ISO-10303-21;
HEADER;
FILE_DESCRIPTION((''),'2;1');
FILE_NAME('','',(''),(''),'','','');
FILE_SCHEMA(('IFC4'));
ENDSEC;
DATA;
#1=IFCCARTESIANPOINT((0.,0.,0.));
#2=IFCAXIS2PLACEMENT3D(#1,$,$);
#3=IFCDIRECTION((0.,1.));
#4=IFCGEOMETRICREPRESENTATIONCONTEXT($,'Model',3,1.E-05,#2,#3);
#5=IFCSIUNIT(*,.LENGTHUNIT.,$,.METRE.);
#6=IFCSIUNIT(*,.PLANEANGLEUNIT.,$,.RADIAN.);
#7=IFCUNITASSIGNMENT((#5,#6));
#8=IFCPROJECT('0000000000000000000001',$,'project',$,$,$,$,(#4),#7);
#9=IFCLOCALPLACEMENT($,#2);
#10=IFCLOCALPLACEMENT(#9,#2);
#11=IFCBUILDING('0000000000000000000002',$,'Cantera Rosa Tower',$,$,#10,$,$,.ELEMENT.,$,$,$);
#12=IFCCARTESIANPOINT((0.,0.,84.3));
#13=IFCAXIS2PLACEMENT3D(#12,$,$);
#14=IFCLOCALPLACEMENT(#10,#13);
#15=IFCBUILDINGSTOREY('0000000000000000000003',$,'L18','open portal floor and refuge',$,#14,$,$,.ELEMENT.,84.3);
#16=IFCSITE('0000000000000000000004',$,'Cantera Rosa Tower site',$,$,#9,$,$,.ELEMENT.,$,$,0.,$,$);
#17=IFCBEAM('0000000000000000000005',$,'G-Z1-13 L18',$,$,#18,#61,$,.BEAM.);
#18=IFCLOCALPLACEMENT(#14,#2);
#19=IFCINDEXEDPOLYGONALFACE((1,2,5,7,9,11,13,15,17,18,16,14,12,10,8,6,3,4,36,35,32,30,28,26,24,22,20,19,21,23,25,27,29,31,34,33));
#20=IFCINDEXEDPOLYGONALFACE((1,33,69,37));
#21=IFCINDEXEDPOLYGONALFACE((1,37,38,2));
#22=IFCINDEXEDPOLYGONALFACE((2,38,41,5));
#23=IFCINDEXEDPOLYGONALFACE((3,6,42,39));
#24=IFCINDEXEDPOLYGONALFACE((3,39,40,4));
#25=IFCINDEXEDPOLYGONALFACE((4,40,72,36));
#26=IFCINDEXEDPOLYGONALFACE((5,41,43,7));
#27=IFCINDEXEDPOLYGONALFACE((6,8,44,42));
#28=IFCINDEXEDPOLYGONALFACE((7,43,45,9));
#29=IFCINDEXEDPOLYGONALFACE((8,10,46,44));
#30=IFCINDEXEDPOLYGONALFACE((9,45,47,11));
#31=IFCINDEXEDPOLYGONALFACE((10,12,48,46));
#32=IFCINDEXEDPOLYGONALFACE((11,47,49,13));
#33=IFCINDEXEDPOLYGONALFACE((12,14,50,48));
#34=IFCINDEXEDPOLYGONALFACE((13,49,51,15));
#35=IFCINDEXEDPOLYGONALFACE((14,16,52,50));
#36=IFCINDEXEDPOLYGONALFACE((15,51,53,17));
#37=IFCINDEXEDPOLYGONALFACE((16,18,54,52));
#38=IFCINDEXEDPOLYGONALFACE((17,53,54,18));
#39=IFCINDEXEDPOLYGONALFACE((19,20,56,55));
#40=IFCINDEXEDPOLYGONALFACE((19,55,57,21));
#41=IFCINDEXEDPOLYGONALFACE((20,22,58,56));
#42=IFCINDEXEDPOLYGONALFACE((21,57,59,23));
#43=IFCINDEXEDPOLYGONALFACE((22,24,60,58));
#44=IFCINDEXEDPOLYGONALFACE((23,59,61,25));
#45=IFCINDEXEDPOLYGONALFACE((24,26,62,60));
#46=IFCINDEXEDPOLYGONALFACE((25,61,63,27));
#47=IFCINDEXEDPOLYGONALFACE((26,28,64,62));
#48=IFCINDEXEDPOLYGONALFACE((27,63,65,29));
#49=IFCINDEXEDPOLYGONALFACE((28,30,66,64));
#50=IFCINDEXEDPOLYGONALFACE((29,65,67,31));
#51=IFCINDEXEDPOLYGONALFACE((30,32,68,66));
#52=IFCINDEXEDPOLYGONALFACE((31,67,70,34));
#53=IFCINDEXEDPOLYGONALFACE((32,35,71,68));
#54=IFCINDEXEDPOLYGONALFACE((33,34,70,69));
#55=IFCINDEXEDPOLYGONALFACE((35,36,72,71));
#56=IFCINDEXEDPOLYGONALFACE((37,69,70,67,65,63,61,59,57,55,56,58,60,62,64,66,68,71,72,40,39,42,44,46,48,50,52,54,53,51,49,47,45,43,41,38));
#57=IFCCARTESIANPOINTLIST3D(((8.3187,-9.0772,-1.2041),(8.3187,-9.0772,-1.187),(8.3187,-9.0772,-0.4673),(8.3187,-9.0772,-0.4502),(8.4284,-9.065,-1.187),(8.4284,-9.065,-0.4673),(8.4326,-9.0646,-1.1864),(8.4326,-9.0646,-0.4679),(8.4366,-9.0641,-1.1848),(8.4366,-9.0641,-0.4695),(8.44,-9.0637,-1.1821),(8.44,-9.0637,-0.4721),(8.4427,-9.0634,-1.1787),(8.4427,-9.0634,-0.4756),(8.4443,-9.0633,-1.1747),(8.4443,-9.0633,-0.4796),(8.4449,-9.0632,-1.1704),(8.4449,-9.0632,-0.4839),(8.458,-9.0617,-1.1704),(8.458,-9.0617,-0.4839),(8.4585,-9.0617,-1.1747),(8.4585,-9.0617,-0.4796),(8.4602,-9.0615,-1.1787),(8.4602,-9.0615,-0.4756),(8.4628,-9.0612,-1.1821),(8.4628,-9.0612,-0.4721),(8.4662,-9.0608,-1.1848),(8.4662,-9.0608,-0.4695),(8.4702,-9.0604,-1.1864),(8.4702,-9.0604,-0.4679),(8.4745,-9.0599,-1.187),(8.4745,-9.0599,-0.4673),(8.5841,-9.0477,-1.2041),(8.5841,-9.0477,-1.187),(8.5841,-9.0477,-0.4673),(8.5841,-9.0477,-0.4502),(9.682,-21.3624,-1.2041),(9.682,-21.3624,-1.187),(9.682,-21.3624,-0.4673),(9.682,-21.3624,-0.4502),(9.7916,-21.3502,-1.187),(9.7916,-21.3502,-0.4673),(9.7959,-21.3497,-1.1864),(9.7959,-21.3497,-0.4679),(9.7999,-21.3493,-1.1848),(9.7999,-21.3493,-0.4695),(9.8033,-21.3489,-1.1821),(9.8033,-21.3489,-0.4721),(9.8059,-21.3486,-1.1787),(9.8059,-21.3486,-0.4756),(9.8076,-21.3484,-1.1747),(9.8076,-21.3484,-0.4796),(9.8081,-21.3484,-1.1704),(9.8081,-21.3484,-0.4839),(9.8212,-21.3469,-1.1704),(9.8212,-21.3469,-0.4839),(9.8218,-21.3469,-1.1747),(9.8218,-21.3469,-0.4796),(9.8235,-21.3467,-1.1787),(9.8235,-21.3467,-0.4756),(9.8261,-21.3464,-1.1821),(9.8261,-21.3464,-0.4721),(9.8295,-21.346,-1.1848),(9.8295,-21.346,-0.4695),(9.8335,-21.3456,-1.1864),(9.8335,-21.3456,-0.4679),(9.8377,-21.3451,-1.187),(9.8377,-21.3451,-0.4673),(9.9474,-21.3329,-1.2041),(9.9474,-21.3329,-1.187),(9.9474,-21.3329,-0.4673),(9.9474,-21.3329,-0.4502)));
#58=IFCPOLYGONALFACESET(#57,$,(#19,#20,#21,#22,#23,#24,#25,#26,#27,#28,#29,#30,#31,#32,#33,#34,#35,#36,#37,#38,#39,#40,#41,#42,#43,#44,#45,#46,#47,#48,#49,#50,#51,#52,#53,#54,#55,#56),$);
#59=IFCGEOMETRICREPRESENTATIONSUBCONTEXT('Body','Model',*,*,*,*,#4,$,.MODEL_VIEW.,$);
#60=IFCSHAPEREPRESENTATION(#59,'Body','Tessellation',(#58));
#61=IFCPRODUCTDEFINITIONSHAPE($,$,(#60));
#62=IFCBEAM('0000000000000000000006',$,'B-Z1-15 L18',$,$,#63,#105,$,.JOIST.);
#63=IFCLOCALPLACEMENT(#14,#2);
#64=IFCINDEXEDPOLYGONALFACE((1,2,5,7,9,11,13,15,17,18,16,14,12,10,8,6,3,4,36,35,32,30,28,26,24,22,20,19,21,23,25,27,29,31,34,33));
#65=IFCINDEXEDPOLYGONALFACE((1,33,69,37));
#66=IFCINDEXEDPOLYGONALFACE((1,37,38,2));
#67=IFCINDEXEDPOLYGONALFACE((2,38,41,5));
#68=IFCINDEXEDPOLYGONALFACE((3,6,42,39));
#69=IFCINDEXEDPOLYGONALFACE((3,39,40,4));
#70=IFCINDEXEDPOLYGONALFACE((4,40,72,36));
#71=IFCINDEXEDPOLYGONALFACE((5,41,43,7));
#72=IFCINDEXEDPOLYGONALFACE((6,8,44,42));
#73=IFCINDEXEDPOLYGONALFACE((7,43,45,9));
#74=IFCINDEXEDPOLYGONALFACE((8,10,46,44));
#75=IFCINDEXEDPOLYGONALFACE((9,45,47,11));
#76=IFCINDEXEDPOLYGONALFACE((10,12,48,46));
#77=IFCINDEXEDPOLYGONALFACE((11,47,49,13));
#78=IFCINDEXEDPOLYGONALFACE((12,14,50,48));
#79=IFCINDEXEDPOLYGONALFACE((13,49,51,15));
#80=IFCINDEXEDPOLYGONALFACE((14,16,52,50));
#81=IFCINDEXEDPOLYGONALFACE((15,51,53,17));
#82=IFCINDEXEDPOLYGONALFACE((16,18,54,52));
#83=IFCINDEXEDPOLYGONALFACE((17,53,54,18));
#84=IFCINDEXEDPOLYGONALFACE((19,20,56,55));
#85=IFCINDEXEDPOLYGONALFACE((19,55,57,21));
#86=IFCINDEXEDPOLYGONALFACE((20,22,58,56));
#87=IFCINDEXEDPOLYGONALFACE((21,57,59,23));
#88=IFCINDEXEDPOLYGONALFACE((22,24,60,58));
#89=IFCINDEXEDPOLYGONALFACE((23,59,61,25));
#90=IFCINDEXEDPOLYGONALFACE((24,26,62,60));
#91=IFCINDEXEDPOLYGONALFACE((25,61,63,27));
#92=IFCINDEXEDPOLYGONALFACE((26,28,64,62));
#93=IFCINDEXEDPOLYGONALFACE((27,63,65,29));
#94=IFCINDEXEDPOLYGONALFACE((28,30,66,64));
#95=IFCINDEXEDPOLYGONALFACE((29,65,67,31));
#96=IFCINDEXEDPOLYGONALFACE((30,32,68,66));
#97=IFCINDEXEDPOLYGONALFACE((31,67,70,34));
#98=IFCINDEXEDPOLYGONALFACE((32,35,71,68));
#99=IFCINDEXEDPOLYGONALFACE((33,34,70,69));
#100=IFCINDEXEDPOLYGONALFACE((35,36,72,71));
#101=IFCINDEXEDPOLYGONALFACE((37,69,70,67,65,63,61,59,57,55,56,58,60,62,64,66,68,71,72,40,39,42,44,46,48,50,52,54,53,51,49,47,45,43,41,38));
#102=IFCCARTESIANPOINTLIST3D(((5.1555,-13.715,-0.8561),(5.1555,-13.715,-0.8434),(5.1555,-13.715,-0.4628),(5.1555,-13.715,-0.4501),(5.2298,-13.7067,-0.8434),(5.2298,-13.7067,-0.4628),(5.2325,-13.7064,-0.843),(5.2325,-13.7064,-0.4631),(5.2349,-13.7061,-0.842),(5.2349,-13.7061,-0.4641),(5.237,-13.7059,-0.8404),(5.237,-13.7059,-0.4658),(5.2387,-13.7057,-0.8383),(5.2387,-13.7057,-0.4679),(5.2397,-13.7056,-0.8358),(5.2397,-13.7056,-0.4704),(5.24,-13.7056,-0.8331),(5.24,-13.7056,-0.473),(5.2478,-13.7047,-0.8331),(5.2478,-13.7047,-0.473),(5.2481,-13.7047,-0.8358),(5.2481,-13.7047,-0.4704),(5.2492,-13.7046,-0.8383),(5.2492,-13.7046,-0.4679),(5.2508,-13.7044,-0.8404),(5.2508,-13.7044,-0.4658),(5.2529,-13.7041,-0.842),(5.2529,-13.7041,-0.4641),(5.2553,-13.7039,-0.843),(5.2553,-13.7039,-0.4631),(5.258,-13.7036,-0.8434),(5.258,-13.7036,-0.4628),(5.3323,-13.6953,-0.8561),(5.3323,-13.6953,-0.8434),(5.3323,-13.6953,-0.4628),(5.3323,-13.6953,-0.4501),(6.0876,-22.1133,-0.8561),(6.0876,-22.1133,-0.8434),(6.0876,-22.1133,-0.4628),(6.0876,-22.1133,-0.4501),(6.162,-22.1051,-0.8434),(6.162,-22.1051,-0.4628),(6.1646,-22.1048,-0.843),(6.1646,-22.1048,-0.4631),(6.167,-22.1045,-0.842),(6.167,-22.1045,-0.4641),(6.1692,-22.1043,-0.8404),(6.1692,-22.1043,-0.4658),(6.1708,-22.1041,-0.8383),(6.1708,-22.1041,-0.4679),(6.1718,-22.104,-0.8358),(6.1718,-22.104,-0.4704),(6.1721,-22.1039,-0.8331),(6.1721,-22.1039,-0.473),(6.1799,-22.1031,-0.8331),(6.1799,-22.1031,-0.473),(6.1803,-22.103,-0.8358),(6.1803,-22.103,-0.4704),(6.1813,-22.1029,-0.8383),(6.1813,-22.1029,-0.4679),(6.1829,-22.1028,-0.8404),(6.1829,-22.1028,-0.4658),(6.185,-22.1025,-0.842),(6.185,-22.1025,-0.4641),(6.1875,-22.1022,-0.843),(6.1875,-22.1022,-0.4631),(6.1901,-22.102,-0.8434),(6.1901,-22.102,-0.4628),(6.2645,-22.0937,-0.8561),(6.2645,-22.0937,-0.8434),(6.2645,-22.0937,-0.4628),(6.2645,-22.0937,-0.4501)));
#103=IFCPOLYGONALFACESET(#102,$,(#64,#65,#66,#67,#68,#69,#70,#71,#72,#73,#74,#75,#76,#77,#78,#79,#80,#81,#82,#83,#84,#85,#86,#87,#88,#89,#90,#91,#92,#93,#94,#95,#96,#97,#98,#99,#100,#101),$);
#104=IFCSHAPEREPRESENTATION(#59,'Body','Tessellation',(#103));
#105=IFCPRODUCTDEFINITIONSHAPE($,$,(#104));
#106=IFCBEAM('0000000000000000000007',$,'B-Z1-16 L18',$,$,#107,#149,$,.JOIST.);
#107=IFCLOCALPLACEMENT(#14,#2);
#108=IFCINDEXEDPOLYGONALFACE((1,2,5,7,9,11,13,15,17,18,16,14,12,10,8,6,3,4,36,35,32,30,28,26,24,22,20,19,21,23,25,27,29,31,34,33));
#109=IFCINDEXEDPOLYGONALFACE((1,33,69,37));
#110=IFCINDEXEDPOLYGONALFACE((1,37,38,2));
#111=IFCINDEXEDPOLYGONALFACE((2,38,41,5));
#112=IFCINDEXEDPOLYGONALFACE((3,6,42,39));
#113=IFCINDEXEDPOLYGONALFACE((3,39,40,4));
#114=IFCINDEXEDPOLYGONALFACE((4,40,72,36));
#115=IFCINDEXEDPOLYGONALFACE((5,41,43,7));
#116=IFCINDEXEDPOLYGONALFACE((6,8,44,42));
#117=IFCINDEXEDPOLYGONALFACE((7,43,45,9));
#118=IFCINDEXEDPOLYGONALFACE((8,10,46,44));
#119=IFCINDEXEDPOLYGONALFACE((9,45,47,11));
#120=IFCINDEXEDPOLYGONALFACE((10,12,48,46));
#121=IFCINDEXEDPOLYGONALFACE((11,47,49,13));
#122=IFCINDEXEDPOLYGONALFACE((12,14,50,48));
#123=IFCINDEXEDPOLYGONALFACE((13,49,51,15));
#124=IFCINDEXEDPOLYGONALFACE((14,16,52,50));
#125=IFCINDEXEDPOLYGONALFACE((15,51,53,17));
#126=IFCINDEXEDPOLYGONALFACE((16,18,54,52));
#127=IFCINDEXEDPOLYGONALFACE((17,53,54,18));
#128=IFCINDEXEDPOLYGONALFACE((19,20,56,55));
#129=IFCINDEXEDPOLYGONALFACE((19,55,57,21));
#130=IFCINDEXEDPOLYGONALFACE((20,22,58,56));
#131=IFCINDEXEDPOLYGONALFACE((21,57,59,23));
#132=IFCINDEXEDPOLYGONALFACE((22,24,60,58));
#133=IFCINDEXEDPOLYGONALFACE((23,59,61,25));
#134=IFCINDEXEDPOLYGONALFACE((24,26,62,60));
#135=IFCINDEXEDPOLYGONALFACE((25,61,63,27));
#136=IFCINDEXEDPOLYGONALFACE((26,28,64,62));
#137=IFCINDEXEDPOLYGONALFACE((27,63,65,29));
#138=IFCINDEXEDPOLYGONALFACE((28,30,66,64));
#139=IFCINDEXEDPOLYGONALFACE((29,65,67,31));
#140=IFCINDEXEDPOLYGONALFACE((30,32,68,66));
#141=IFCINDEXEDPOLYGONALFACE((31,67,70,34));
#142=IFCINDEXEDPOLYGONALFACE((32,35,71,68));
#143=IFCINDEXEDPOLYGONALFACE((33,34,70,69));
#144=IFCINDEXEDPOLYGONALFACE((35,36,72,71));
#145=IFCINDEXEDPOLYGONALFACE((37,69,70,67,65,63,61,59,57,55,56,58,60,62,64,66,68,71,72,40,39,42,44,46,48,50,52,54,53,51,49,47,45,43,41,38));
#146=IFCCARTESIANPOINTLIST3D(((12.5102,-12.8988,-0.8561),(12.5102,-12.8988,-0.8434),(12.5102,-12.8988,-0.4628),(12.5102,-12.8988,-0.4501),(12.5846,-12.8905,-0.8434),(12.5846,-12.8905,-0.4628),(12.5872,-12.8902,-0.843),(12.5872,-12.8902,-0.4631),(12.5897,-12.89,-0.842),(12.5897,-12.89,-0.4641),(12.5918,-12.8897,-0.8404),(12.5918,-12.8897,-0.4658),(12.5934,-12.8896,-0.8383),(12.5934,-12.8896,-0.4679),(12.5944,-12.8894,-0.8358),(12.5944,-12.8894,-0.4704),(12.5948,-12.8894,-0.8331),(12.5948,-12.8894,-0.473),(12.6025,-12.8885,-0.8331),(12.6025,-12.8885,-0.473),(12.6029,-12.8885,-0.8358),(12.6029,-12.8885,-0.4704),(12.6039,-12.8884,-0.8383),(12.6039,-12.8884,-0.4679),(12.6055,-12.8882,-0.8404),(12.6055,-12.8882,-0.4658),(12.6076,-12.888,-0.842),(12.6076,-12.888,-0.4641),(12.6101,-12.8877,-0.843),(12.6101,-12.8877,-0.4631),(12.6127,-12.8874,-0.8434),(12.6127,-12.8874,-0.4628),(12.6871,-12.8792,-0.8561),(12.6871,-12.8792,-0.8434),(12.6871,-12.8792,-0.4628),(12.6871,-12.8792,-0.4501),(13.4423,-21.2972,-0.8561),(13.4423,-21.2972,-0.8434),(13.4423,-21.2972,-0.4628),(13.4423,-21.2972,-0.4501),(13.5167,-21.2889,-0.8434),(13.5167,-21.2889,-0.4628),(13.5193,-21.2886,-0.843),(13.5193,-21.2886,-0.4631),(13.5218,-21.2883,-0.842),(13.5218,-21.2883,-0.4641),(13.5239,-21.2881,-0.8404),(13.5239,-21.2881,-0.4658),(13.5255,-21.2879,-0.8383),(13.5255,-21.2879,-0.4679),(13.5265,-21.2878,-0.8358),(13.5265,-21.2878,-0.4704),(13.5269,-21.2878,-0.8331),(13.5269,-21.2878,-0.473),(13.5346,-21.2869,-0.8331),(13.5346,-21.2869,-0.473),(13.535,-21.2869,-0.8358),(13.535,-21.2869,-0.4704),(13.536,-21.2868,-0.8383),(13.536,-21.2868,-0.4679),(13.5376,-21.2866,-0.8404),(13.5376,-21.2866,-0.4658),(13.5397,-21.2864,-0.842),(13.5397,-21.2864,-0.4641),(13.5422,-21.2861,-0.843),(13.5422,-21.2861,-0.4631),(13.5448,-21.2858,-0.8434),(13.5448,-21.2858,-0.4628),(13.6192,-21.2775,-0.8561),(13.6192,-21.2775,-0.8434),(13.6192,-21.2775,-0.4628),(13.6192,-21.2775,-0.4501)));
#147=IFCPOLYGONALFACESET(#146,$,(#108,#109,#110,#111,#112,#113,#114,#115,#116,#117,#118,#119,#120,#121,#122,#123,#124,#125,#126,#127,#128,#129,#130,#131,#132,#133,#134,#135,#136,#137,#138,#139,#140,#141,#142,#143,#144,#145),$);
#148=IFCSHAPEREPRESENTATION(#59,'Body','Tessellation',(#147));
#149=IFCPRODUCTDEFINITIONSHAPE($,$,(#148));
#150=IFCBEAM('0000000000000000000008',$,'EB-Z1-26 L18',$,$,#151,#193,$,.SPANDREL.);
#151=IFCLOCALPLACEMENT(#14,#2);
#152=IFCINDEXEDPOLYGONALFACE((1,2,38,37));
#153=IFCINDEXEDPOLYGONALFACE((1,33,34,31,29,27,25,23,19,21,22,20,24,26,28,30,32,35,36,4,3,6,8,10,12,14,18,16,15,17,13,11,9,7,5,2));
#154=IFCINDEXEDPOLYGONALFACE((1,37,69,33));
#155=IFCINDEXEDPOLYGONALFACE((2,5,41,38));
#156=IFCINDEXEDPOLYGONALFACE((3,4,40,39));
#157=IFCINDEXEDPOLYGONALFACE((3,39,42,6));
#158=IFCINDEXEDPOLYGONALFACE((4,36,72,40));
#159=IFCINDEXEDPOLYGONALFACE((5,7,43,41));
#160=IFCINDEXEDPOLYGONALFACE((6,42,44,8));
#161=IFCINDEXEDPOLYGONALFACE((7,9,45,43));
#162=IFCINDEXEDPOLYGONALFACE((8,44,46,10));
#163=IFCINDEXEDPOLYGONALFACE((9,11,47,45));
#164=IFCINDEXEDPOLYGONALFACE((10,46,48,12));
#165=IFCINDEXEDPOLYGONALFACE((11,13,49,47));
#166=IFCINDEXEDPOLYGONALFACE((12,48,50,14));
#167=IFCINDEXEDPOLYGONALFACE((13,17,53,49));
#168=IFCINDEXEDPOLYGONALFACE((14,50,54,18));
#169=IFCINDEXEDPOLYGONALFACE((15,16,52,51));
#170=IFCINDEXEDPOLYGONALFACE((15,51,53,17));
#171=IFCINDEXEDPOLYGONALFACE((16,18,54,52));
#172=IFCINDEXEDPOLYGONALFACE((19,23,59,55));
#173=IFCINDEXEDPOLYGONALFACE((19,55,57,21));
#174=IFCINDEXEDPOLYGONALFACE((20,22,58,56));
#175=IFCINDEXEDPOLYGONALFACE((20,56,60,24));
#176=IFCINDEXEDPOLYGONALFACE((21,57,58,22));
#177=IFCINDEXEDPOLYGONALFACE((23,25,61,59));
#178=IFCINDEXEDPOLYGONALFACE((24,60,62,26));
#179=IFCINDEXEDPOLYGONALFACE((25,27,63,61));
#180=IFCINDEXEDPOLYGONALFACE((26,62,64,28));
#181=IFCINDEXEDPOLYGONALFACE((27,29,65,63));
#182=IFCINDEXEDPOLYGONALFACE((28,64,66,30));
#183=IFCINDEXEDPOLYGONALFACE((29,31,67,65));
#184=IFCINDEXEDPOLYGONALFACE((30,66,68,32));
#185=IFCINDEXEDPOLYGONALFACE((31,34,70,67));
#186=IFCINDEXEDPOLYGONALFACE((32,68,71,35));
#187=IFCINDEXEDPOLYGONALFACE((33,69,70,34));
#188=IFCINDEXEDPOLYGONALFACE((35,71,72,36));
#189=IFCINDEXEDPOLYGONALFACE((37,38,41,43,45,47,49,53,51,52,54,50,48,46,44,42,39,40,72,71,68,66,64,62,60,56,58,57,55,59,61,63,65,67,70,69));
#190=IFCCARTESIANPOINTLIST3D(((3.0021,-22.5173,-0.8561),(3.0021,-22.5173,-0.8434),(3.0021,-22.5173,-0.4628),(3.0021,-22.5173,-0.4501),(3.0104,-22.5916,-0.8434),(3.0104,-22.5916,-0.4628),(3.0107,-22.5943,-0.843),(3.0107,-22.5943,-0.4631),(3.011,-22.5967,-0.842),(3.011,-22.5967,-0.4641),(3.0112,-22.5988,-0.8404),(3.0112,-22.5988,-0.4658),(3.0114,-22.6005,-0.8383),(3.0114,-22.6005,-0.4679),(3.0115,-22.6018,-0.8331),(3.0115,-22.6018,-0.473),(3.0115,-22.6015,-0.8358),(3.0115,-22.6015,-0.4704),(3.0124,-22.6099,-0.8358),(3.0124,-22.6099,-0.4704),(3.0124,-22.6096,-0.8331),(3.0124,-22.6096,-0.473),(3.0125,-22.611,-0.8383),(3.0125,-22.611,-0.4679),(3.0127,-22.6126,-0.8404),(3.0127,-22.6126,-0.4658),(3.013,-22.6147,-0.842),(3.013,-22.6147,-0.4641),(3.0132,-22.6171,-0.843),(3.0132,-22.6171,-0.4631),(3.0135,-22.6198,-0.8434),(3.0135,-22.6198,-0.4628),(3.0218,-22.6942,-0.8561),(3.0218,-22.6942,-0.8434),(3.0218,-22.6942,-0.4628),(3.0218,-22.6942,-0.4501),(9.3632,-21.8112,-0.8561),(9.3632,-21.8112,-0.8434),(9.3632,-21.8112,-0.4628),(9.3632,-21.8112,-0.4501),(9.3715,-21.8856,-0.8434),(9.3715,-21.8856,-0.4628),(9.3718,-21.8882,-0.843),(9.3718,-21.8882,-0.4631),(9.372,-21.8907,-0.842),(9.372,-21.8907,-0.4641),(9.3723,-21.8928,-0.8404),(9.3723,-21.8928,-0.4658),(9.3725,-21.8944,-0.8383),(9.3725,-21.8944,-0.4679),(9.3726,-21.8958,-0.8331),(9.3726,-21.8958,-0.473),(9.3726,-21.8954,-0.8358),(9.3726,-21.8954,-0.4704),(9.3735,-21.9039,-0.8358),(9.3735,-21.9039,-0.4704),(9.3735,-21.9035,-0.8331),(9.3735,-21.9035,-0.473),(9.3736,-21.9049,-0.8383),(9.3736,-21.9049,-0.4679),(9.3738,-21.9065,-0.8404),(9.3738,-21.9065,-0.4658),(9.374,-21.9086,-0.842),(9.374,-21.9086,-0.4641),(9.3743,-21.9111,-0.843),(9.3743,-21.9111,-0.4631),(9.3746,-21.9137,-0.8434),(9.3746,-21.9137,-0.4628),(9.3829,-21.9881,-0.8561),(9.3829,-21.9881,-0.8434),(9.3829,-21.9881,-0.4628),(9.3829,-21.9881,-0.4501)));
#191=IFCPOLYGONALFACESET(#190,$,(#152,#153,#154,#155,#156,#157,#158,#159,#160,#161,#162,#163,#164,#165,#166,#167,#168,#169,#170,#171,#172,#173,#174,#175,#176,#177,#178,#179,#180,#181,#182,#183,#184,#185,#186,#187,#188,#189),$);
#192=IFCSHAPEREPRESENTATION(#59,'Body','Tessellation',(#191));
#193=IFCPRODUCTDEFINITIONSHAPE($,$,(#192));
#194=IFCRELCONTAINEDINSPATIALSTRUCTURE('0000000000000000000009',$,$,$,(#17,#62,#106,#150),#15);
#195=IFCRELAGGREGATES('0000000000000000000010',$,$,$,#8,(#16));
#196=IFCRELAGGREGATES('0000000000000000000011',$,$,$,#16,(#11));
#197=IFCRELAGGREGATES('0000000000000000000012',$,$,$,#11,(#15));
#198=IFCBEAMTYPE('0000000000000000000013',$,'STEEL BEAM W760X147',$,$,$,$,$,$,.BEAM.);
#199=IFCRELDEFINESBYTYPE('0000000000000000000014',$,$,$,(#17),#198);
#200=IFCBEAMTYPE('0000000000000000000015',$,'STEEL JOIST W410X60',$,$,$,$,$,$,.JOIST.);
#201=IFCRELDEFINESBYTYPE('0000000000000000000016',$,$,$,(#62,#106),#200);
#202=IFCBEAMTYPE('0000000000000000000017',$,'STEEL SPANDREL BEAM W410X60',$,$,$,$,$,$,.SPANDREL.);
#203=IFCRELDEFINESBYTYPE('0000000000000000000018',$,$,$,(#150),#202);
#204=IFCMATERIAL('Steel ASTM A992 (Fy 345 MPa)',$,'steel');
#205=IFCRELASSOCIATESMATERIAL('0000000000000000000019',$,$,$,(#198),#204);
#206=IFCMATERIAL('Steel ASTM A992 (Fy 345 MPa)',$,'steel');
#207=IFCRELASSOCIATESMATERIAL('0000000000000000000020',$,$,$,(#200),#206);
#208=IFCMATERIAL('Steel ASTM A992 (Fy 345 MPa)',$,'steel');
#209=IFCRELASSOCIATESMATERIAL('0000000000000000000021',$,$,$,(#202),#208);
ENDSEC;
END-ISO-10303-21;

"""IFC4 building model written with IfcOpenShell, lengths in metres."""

from ifc_helpers import new_model, si_unit, direction, frame, origin, origin_2d, place, context, subcontext, project, spatial, i_section, extrude, material, material_profile, profile_set, type_object, element, save


model = new_model("IFC4")

# Units and contexts
model_context = context("Model", 3, precision=1e-05, world=origin(), true_north=direction((0.0, 1.0)))
body_context = subcontext(model_context, "Body", "Model", "MODEL_VIEW")
ifc_project = project(units=[si_unit("LENGTHUNIT", "METRE"), si_unit("PLANEANGLEUNIT", "RADIAN")], contexts=[model_context])

# Site, building, storey
site_placement = place(None, origin())
site = spatial("IfcSite", under=ifc_project, at=site_placement, Name="Cantera Rosa Tower site", CompositionType="ELEMENT", RefElevation=0.0)
building_placement = place(site_placement, origin())
building = spatial("IfcBuilding", under=site, at=building_placement, Name="Cantera Rosa Tower", CompositionType="ELEMENT")
storey_placement = place(building_placement, frame((0.0, 0.0, 84.3)))
storey = spatial("IfcBuildingStorey", under=building, at=storey_placement, Name="L18", Description="open portal floor and refuge", CompositionType="ELEMENT", Elevation=84.3)

# Beams
ifc_material_1 = material(Name="Steel ASTM A992 (Fy 345 MPa)", Category="steel")
ifc_material_profile_1 = material_profile(ifc_material_1, i_section(OverallWidth=0.2671, OverallDepth=0.7539, WebThickness=0.0132, FlangeThickness=0.0171, FilletRadius=0.0166, at=origin_2d()), Name="W760X147")
ifc_profile_set_1 = profile_set([ifc_material_profile_1], Name="Steel ASTM A992 (Fy 345 MPa)")
beam_type_1 = type_object("IfcBeamType", Name="STEEL BEAM W760X147", PredefinedType="BEAM", material=ifc_profile_set_1)
beam_1_placement = place(storey_placement, frame((9.8147, -21.3477, -0.8271), z_axis=(-0.110293, 0.993899, 0.0), x_axis=(-0.993899, -0.110293, 0.0)))
element("IfcBeam", 1, at=beam_1_placement, inside=storey, type_object=beam_type_1, Name="G-Z1-13 L18", PredefinedType="BEAM", context=body_context, shape_type="SweptSolid", body=[
    extrude(i_section(OverallWidth=0.2671, OverallDepth=0.7539, WebThickness=0.0132, FlangeThickness=0.0171, FilletRadius=0.0166, at=origin_2d()), origin(), (0.0, 0.0, 1.0), 12.3606),
])
ifc_material_2 = material(Name="Steel ASTM A992 (Fy 345 MPa)", Category="steel")
ifc_material_profile_2 = material_profile(ifc_material_2, i_section(OverallWidth=0.178, OverallDepth=0.406, WebThickness=0.0078, FlangeThickness=0.0127, FilletRadius=0.0103, at=origin_2d()), Name="W410X60")
ifc_profile_set_2 = profile_set([ifc_material_profile_2], Name="Steel ASTM A992 (Fy 345 MPa)")
beam_type_2 = type_object("IfcBeamType", Name="STEEL JOIST W410X60", PredefinedType="JOIST", material=ifc_profile_set_2)
for number, where, z_axis, x_axis, name in (
    (2, (6.176, -22.1035, -0.6531), (-0.110311, 0.993897, 0.0), (-0.993897, -0.110311, 0.0), "B-Z1-15 L18"),
    (3, (13.5308, -21.2874, -0.6531), (-0.110311, 0.993897, 0.0), (-0.993897, -0.110311, 0.0), "B-Z1-16 L18"),
):
    element("IfcBeam", number, at=place(storey_placement, frame(where, z_axis=z_axis, x_axis=x_axis)), inside=storey, type_object=beam_type_2, Name=name, PredefinedType="JOIST", context=body_context, shape_type="SweptSolid", body=[
        extrude(i_section(OverallWidth=0.178, OverallDepth=0.406, WebThickness=0.0078, FlangeThickness=0.0127, FilletRadius=0.0103, at=origin_2d()), origin(), (0.0, 0.0, 1.0), 8.45),
    ])
ifc_material_3 = material(Name="Steel ASTM A992 (Fy 345 MPa)", Category="steel")
ifc_material_profile_3 = material_profile(ifc_material_3, i_section(OverallWidth=0.178, OverallDepth=0.406, WebThickness=0.0078, FlangeThickness=0.0127, FilletRadius=0.0103, at=origin_2d()), Name="W410X60")
ifc_profile_set_3 = profile_set([ifc_material_profile_3], Name="Steel ASTM A992 (Fy 345 MPa)")
beam_type_3 = type_object("IfcBeamType", Name="STEEL SPANDREL BEAM W410X60", PredefinedType="SPANDREL", material=ifc_profile_set_3)
beam_2_placement = place(storey_placement, frame((3.012, -22.6057, -0.6531), z_axis=(0.993896, 0.110318, 0.0), x_axis=(-0.110318, 0.993896, 0.0)))
element("IfcBeam", 4, at=beam_2_placement, inside=storey, type_object=beam_type_3, Name="EB-Z1-26 L18", PredefinedType="SPANDREL", context=body_context, shape_type="SweptSolid", body=[
    extrude(i_section(OverallWidth=0.178, OverallDepth=0.406, WebThickness=0.0078, FlangeThickness=0.0127, FilletRadius=0.0103, at=origin_2d()), origin(), (0.0, 0.0, 1.0), 6.4001),
])

save(model, "model.ifc")
